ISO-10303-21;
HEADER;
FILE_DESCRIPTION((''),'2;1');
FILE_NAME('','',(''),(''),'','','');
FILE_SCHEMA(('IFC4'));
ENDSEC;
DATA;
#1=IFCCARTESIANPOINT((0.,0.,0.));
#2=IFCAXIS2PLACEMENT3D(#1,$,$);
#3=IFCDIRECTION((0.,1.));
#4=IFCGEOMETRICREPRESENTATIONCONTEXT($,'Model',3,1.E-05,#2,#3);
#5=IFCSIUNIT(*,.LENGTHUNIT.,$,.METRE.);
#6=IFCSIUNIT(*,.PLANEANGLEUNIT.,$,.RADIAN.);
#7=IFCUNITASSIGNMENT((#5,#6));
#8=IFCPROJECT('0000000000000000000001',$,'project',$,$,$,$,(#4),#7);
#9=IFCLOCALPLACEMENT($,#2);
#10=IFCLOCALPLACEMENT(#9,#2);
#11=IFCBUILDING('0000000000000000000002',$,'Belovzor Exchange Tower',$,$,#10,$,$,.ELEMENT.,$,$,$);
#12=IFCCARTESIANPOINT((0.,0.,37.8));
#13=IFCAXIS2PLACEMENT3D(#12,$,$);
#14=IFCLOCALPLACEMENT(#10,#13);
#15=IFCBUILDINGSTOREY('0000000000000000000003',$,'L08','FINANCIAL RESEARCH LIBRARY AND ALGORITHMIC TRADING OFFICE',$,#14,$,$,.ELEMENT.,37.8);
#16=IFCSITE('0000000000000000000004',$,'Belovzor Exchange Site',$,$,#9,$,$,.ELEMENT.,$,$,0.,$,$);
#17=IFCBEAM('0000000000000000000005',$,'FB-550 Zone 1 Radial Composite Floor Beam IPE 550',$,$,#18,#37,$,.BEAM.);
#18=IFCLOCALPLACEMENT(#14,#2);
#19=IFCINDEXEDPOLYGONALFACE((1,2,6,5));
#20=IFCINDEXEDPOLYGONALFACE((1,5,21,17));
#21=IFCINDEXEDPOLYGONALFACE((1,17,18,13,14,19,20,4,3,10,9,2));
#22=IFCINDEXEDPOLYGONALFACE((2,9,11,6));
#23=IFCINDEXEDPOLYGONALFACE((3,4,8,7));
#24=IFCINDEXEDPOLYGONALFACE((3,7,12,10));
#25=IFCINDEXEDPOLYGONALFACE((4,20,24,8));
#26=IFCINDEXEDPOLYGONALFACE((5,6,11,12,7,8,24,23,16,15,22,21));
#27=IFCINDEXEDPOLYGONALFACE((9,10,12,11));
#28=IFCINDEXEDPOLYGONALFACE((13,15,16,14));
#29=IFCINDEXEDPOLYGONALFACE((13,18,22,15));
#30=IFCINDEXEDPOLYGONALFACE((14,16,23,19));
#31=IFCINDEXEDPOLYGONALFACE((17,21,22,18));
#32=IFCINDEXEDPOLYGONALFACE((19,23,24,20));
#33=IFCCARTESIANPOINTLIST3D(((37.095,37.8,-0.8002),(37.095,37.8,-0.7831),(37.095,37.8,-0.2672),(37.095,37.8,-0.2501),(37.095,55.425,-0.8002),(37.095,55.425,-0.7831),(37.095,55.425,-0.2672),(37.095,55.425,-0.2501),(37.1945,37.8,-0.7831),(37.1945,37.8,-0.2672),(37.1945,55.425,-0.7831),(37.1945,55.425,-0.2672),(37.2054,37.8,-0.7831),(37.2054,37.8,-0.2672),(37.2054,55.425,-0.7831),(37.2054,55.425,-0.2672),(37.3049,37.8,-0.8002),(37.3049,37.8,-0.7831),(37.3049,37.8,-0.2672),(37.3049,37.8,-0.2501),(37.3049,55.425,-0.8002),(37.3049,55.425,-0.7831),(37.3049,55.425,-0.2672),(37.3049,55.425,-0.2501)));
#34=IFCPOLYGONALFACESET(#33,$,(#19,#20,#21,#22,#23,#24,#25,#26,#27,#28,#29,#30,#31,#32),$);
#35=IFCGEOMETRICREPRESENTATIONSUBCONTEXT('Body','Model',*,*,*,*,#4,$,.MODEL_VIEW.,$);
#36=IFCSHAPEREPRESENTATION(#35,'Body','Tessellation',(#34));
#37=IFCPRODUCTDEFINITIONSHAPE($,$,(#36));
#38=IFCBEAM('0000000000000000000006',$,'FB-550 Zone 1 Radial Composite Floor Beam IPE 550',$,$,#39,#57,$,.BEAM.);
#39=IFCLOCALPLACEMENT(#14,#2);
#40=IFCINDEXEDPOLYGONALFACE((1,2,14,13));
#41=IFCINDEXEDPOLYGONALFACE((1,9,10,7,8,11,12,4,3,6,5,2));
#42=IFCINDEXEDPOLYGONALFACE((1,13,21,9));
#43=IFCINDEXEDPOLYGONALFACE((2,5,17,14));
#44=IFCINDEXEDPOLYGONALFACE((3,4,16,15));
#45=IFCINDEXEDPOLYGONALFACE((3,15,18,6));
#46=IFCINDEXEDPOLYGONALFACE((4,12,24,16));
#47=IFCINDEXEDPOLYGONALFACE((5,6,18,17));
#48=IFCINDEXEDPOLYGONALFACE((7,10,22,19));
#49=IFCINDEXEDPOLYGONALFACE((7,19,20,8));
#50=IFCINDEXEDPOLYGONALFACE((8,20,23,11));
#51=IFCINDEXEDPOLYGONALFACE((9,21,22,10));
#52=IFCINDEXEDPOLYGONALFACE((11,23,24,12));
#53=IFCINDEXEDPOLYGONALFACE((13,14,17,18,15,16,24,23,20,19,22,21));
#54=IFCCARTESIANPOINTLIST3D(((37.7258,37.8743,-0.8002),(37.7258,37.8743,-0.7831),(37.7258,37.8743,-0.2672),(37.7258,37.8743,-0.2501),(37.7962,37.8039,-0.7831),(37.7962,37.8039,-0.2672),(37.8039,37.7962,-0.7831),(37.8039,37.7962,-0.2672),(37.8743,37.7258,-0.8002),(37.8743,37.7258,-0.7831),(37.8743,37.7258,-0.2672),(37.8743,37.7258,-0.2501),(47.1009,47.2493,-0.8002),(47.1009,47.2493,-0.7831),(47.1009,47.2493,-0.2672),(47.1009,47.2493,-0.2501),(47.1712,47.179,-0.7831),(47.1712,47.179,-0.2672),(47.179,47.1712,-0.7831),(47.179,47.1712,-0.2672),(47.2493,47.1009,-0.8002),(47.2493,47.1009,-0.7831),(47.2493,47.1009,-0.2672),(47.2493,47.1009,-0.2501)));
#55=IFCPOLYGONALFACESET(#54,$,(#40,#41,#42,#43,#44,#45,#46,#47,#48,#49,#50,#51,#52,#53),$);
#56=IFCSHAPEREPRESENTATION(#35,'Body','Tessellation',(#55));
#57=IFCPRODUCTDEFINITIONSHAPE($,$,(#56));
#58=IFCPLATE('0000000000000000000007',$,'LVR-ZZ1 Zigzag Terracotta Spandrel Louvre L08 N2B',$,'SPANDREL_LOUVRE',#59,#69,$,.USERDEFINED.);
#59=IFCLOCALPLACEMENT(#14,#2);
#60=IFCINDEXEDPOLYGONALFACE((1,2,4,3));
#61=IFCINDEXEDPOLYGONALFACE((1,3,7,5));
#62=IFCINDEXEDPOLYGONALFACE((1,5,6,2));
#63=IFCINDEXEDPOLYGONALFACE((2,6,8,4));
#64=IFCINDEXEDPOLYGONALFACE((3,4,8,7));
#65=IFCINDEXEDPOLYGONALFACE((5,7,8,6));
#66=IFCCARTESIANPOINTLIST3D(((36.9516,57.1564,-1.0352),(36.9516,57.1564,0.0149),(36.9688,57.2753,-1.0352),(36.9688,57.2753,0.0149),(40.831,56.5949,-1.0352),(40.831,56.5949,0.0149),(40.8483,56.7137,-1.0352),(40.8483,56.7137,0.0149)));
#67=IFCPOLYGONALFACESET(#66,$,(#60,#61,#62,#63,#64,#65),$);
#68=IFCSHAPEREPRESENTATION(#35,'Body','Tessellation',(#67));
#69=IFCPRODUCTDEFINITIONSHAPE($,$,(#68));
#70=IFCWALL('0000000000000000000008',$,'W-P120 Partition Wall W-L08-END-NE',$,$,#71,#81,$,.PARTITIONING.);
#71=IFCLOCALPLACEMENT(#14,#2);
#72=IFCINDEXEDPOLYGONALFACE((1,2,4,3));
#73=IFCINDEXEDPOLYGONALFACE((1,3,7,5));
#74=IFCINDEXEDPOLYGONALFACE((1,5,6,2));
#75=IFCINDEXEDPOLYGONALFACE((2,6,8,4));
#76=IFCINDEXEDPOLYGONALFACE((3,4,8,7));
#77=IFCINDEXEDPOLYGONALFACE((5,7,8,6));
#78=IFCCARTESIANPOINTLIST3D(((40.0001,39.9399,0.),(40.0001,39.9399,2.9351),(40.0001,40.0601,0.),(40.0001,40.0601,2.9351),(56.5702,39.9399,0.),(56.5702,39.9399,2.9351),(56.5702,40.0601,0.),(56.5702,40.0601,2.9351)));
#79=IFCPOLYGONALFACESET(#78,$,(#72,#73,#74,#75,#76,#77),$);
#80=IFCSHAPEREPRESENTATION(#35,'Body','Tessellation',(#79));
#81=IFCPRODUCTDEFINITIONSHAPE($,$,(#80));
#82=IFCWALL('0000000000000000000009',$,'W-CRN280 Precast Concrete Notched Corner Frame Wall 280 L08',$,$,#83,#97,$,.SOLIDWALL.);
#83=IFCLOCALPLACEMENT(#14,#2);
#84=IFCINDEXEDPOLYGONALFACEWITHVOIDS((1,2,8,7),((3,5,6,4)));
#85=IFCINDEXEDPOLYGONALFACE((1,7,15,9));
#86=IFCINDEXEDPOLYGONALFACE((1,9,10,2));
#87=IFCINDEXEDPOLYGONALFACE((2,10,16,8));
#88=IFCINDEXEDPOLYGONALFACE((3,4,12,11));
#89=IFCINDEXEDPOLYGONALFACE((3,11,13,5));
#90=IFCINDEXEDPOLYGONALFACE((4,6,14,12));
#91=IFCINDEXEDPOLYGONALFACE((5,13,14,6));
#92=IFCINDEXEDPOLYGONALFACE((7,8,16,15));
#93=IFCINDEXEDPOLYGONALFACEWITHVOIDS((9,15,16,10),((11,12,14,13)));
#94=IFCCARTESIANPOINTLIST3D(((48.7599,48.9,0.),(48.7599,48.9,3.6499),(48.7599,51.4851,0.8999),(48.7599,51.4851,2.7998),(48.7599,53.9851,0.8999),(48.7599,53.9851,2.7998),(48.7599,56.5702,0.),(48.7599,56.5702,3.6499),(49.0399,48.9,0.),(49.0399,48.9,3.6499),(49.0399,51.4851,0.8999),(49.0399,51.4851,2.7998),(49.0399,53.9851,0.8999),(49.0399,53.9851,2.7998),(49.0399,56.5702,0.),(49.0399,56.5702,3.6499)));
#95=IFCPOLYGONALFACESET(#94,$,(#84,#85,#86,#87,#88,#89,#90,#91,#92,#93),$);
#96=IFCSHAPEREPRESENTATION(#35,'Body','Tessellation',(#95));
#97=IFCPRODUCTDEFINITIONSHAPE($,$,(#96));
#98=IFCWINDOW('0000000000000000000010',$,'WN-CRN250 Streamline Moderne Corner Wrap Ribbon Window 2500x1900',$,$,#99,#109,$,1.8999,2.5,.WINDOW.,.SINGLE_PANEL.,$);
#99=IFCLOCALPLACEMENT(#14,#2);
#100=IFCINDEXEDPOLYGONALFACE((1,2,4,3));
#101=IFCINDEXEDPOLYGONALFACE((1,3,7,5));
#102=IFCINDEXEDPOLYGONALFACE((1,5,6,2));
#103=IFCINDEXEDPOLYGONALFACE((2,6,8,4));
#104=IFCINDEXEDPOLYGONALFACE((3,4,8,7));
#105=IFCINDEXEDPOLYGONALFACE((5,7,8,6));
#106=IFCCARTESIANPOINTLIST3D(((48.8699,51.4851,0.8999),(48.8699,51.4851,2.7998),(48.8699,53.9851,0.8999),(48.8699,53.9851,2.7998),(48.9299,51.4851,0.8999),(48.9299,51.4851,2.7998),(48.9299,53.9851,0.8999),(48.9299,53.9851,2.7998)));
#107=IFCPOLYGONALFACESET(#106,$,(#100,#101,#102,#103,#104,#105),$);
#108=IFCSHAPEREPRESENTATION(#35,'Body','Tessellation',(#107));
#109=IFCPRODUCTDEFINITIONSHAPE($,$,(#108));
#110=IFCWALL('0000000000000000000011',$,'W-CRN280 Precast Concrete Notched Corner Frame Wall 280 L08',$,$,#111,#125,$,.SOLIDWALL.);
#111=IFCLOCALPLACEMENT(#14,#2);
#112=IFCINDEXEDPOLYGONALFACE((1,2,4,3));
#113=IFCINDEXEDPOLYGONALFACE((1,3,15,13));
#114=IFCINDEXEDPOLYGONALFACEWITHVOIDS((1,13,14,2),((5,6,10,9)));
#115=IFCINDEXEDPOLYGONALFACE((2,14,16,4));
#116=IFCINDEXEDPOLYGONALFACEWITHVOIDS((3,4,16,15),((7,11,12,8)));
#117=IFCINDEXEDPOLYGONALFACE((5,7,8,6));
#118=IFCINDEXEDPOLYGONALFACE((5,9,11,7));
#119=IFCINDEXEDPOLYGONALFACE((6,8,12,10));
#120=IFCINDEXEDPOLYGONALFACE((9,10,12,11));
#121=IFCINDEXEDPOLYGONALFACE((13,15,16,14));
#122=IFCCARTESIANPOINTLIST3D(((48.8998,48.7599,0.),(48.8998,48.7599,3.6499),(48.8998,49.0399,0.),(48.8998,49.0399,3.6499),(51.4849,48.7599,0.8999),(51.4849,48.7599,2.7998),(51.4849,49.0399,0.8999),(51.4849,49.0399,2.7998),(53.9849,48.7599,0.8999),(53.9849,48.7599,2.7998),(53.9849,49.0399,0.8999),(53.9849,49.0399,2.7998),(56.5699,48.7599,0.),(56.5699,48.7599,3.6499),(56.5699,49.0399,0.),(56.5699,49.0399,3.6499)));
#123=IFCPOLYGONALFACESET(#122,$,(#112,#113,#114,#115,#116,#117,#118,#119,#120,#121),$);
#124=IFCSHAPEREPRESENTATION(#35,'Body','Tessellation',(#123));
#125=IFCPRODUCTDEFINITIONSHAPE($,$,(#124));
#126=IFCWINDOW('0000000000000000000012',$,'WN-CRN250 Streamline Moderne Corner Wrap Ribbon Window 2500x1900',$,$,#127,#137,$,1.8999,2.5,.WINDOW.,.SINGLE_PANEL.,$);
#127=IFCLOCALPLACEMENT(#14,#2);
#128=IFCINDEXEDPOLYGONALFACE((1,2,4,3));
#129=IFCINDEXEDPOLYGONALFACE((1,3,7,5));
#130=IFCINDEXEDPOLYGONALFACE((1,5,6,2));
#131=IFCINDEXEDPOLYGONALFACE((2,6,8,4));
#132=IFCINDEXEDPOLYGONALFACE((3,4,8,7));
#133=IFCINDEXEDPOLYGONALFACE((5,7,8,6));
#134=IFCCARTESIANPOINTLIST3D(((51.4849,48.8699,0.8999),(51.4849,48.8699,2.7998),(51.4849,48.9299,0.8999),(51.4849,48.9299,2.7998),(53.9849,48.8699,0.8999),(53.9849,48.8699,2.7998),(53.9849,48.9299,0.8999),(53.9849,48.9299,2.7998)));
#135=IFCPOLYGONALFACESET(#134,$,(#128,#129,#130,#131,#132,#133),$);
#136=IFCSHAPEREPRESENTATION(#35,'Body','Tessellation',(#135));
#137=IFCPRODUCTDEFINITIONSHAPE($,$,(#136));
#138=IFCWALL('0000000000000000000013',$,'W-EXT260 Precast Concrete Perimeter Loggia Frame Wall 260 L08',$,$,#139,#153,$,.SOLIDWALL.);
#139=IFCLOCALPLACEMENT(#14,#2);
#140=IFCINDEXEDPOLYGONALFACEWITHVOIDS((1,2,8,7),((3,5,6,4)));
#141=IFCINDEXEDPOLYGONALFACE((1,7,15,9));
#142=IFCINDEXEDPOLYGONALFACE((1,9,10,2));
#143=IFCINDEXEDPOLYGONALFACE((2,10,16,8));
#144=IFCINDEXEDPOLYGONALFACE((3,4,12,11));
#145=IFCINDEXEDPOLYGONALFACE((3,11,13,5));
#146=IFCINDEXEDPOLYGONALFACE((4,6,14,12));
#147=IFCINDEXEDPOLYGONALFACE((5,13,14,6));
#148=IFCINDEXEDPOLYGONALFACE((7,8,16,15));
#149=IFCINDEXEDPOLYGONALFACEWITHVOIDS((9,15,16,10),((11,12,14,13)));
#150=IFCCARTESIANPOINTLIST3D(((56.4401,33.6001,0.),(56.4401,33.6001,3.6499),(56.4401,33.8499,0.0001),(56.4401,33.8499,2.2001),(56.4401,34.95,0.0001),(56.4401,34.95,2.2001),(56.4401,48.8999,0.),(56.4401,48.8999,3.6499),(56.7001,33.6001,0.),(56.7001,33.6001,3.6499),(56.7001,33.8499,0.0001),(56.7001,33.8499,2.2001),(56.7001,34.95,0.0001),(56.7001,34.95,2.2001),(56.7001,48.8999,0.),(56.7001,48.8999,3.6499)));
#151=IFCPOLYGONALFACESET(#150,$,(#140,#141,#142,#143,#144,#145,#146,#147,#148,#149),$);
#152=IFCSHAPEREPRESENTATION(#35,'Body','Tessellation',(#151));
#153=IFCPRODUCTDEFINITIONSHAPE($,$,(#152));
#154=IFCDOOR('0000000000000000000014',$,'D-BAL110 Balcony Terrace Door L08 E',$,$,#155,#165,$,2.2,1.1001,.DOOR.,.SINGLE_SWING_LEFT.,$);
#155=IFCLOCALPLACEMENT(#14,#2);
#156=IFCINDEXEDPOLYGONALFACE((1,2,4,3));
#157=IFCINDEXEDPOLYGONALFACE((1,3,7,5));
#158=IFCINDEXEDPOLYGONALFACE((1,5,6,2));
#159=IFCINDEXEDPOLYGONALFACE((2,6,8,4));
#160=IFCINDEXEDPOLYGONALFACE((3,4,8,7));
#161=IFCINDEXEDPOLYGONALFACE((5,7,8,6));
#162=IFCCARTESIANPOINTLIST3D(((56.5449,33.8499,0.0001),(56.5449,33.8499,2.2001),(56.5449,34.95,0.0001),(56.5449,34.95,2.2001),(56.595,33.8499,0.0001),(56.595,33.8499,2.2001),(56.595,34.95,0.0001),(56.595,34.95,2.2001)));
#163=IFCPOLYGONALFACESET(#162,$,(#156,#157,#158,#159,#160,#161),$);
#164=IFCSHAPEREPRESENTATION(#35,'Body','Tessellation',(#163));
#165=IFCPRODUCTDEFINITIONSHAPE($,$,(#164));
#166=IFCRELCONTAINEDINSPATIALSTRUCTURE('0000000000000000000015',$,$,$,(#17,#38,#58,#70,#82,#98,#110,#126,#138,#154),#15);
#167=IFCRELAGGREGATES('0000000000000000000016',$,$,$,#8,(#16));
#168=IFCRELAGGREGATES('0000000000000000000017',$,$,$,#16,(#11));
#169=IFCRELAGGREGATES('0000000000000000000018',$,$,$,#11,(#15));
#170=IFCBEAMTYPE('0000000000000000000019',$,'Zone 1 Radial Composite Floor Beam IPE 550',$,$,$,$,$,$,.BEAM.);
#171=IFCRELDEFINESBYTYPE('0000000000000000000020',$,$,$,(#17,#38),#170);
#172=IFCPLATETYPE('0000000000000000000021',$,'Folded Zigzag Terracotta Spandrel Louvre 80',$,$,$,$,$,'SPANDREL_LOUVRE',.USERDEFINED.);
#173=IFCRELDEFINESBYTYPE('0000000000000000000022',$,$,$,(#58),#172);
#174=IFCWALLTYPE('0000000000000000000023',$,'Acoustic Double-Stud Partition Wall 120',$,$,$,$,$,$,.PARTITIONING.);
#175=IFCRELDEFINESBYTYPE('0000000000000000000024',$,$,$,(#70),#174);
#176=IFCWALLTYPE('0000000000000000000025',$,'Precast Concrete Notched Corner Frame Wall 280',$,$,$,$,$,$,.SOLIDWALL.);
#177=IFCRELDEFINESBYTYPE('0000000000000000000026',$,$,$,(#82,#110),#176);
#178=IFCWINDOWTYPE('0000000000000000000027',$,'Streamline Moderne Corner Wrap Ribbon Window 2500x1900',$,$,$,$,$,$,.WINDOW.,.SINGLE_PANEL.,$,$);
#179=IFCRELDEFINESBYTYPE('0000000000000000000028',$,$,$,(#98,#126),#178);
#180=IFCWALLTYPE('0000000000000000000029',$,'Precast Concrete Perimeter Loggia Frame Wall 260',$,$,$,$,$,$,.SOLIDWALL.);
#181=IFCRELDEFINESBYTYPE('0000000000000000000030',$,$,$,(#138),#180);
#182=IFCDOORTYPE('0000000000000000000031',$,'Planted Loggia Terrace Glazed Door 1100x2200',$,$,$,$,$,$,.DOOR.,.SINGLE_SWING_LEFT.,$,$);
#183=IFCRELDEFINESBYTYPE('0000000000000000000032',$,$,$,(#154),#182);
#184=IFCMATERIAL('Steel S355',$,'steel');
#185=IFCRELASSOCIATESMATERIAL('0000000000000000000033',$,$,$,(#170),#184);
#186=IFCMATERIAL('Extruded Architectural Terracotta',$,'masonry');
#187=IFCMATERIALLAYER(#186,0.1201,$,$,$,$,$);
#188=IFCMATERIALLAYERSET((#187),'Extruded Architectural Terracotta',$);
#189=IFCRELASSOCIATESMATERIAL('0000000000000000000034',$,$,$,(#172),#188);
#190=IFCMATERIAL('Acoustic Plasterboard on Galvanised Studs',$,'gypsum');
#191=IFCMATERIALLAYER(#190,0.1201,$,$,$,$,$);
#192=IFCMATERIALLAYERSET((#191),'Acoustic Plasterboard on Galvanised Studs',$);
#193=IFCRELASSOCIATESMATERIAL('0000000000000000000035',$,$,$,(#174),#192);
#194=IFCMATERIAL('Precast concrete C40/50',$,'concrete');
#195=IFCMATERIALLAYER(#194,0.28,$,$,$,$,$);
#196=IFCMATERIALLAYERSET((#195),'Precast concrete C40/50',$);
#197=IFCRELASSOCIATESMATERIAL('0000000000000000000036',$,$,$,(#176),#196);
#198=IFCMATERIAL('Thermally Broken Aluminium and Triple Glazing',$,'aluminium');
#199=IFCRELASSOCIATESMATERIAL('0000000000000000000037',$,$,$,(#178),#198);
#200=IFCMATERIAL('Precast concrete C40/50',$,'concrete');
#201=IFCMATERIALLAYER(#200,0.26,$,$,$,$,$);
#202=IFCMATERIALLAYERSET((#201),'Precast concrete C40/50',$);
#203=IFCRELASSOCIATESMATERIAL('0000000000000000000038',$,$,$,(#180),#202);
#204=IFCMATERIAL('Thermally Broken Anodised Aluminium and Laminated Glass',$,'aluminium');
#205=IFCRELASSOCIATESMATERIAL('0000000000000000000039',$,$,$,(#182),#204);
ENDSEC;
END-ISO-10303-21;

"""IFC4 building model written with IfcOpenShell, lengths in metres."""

from ifc_helpers import new_model, si_unit, direction, frame, frame_2d, origin, origin_2d, place, context, subcontext, project, spatial, rectangle, i_section, extrude, material, layer, layer_set, material_profile, profile_set, type_object, element, fill, save


model = new_model("IFC4")

# Units and contexts
model_context = context("Model", 3, precision=1e-05, world=origin(), true_north=direction((0.0, 1.0)))
body_context = subcontext(model_context, "Body", "Model", "MODEL_VIEW")
ifc_project = project(units=[si_unit("LENGTHUNIT", "METRE"), si_unit("PLANEANGLEUNIT", "RADIAN")], contexts=[model_context])

# Site, building, storey
site_placement = place(None, origin())
site = spatial("IfcSite", under=ifc_project, at=site_placement, Name="Belovzor Exchange Site", CompositionType="ELEMENT", RefElevation=0.0)
building_placement = place(site_placement, origin())
building = spatial("IfcBuilding", under=site, at=building_placement, Name="Belovzor Exchange Tower", CompositionType="ELEMENT")
storey_placement = place(building_placement, frame((0.0, 0.0, 37.8)))
storey = spatial("IfcBuildingStorey", under=building, at=storey_placement, Name="L08", Description="FINANCIAL RESEARCH LIBRARY AND ALGORITHMIC TRADING OFFICE", CompositionType="ELEMENT", Elevation=37.8)

# Beams
ifc_material_1 = material(Name="Steel S355", Category="steel")
ifc_material_profile_1 = material_profile(ifc_material_1, i_section(OverallWidth=0.21, OverallDepth=0.55, WebThickness=0.011, FlangeThickness=0.0171, at=origin_2d()))
ifc_profile_set_1 = profile_set([ifc_material_profile_1], Name="Steel S355")
beam_type_1 = type_object("IfcBeamType", Name="Zone 1 Radial Composite Floor Beam IPE 550", PredefinedType="BEAM", material=ifc_profile_set_1)
beam_1_placement = place(storey_placement, frame((37.2, 37.8, -0.5251), z_axis=(0.0, 1.0, 0.0), x_axis=(-1.0, 0.0, 0.0)))
element("IfcBeam", 1, at=beam_1_placement, inside=storey, type_object=beam_type_1, Name="FB-550 Zone 1 Radial Composite Floor Beam IPE 550", PredefinedType="BEAM", context=body_context, shape_type="SweptSolid", body=[
    extrude(i_section(OverallWidth=0.21, OverallDepth=0.55, WebThickness=0.011, FlangeThickness=0.0171, at=origin_2d()), origin(), (0.0, 0.0, 1.0), 17.625),
])
beam_2_placement = place(storey_placement, frame((37.8, 37.8, -0.5251), z_axis=(0.707107, 0.707107, 0.0), x_axis=(-0.707107, 0.707107, 0.0)))
element("IfcBeam", 2, at=beam_2_placement, inside=storey, type_object=beam_type_1, Name="FB-550 Zone 1 Radial Composite Floor Beam IPE 550", PredefinedType="BEAM", context=body_context, shape_type="SweptSolid", body=[
    extrude(i_section(OverallWidth=0.21, OverallDepth=0.55, WebThickness=0.011, FlangeThickness=0.0171, at=origin_2d()), origin(), (0.0, 0.0, 1.0), 13.2583),
])

# Plate
ifc_material_2 = material(Name="Extruded Architectural Terracotta", Category="masonry")
ifc_layer_1 = layer(ifc_material_2, 0.1201)
ifc_layer_set_1 = layer_set([ifc_layer_1], Name="Extruded Architectural Terracotta")
plate_type = type_object("IfcPlateType", Name="Folded Zigzag Terracotta Spandrel Louvre 80", ElementType="SPANDREL_LOUVRE", PredefinedType="USERDEFINED", material=ifc_layer_set_1)
plate_placement = place(storey_placement, frame((38.8999, 56.9351, -1.0352), z_axis=(0.0, 0.0, 1.0), x_axis=(0.989686, -0.143251, 0.0)))
element("IfcPlate", 3, at=plate_placement, inside=storey, type_object=plate_type, Name="LVR-ZZ1 Zigzag Terracotta Spandrel Louvre L08 N2B", ObjectType="SPANDREL_LOUVRE", PredefinedType="USERDEFINED", context=body_context, shape_type="SweptSolid", body=[
    extrude(rectangle(XDim=3.9199, YDim=0.1201, at=origin_2d()), origin(), (0.0, 0.0, 1.0), 1.05),
])

# Wall
ifc_material_3 = material(Name="Acoustic Plasterboard on Galvanised Studs", Category="gypsum")
ifc_layer_2 = layer(ifc_material_3, 0.1201)
ifc_layer_set_2 = layer_set([ifc_layer_2], Name="Acoustic Plasterboard on Galvanised Studs")
wall_type_1 = type_object("IfcWallType", Name="Acoustic Double-Stud Partition Wall 120", PredefinedType="PARTITIONING", material=ifc_layer_set_2)
wall_1_placement = place(storey_placement, frame((40.0, 40.0, 0.0), z_axis=(0.0, 0.0, 1.0), x_axis=(1.0, 0.0, 0.0)))
element("IfcWall", 4, at=wall_1_placement, inside=storey, type_object=wall_type_1, Name="W-P120 Partition Wall W-L08-END-NE", PredefinedType="PARTITIONING", context=body_context, shape_type="SweptSolid", body=[
    extrude(rectangle(XDim=16.5701, YDim=0.1201, at=frame_2d((8.2852, 0.0))), origin(), (0.0, 0.0, 1.0), 2.9351),
])

# Walls, openings, windows
ifc_material_4 = material(Name="Precast concrete C40/50", Category="concrete")
ifc_layer_3 = layer(ifc_material_4, 0.28)
ifc_layer_set_3 = layer_set([ifc_layer_3], Name="Precast concrete C40/50")
wall_type_2 = type_object("IfcWallType", Name="Precast Concrete Notched Corner Frame Wall 280", PredefinedType="SOLIDWALL", material=ifc_layer_set_3)
wall_2_placement = place(storey_placement, frame((48.8999, 56.5701, 0.0), z_axis=(0.0, 0.0, 1.0), x_axis=(0.0, -1.0, 0.0)))
wall_2 = element("IfcWall", 5, at=wall_2_placement, inside=storey, type_object=wall_type_2, Name="W-CRN280 Precast Concrete Notched Corner Frame Wall 280 L08", PredefinedType="SOLIDWALL", context=body_context, shape_type="SweptSolid", body=[
    extrude(rectangle(XDim=7.6702, YDim=0.28, at=frame_2d((3.835, 0.0))), origin(), (0.0, 0.0, 1.0), 3.6499),
])
opening_1_placement = place(wall_2_placement, frame((2.585, 0.0, 0.8999)))
opening_1 = element("IfcOpeningElement", 6, at=opening_1_placement, cuts=wall_2, PredefinedType="OPENING", context=body_context, shape_type="SweptSolid", body=[
    extrude(rectangle(XDim=2.5, YDim=1.8999, at=frame_2d((1.25, 0.95))), frame((0.0, 0.1499, 0.0), z_axis=(0.0, -1.0, 0.0), x_axis=(1.0, 0.0, 0.0)), (0.0, 0.0, 1.0), 0.3),
])
ifc_material_5 = material(Name="Thermally Broken Aluminium and Triple Glazing", Category="aluminium")
window_type = type_object("IfcWindowType", Name="Streamline Moderne Corner Wrap Ribbon Window 2500x1900", PartitioningType="SINGLE_PANEL", PredefinedType="WINDOW", material=ifc_material_5)
window_1_placement = place(opening_1_placement, origin())
window_1 = element("IfcWindow", 7, at=window_1_placement, inside=storey, type_object=window_type, Name="WN-CRN250 Streamline Moderne Corner Wrap Ribbon Window 2500x1900", OverallHeight=1.8999, OverallWidth=2.5, PartitioningType="SINGLE_PANEL", PredefinedType="WINDOW", context=body_context, shape_type="SweptSolid", body=[
    extrude(rectangle(XDim=2.5, YDim=1.8999, at=frame_2d((1.25, 0.95))), frame((0.0, 0.03, 0.0), z_axis=(0.0, -1.0, 0.0), x_axis=(1.0, 0.0, 0.0)), (0.0, 0.0, 1.0), 0.0601),
])
fill(opening_1, window_1)
wall_3_placement = place(storey_placement, frame((48.8999, 48.8999, 0.0), z_axis=(0.0, 0.0, 1.0), x_axis=(1.0, 0.0, 0.0)))
wall_3 = element("IfcWall", 8, at=wall_3_placement, inside=storey, type_object=wall_type_2, Name="W-CRN280 Precast Concrete Notched Corner Frame Wall 280 L08", PredefinedType="SOLIDWALL", context=body_context, shape_type="SweptSolid", body=[
    extrude(rectangle(XDim=7.6702, YDim=0.28, at=frame_2d((3.835, 0.0))), origin(), (0.0, 0.0, 1.0), 3.6499),
])
opening_2_placement = place(wall_3_placement, frame((2.585, 0.0, 0.8999)))
opening_2 = element("IfcOpeningElement", 9, at=opening_2_placement, cuts=wall_3, PredefinedType="OPENING", context=body_context, shape_type="SweptSolid", body=[
    extrude(rectangle(XDim=2.5, YDim=1.8999, at=frame_2d((1.25, 0.95))), frame((0.0, 0.1499, 0.0), z_axis=(0.0, -1.0, 0.0), x_axis=(1.0, 0.0, 0.0)), (0.0, 0.0, 1.0), 0.3),
])
window_2_placement = place(opening_2_placement, origin())
window_2 = element("IfcWindow", 10, at=window_2_placement, inside=storey, type_object=window_type, Name="WN-CRN250 Streamline Moderne Corner Wrap Ribbon Window 2500x1900", OverallHeight=1.8999, OverallWidth=2.5, PartitioningType="SINGLE_PANEL", PredefinedType="WINDOW", context=body_context, shape_type="SweptSolid", body=[
    extrude(rectangle(XDim=2.5, YDim=1.8999, at=frame_2d((1.25, 0.95))), frame((0.0, 0.03, 0.0), z_axis=(0.0, -1.0, 0.0), x_axis=(1.0, 0.0, 0.0)), (0.0, 0.0, 1.0), 0.0601),
])
fill(opening_2, window_2)

# Wall, opening, door
ifc_material_6 = material(Name="Precast concrete C40/50", Category="concrete")
ifc_layer_4 = layer(ifc_material_6, 0.26)
ifc_layer_set_4 = layer_set([ifc_layer_4], Name="Precast concrete C40/50")
wall_type_3 = type_object("IfcWallType", Name="Precast Concrete Perimeter Loggia Frame Wall 260", PredefinedType="SOLIDWALL", material=ifc_layer_set_4)
wall_4_placement = place(storey_placement, frame((56.5701, 48.8999, 0.0), z_axis=(0.0, 0.0, 1.0), x_axis=(0.0, -1.0, 0.0)))
wall_4 = element("IfcWall", 11, at=wall_4_placement, inside=storey, type_object=wall_type_3, Name="W-EXT260 Precast Concrete Perimeter Loggia Frame Wall 260 L08", PredefinedType="SOLIDWALL", context=body_context, shape_type="SweptSolid", body=[
    extrude(rectangle(XDim=15.2998, YDim=0.26, at=frame_2d((7.6499, 0.0))), origin(), (0.0, 0.0, 1.0), 3.6499),
])
opening_3_placement = place(wall_4_placement, frame((13.95, 0.0, 0.0)))
opening_3 = element("IfcOpeningElement", 12, at=opening_3_placement, cuts=wall_4, PredefinedType="OPENING", context=body_context, shape_type="SweptSolid", body=[
    extrude(rectangle(XDim=1.1001, YDim=2.2, at=frame_2d((0.55, 1.1001))), frame((0.0, 0.1399, 0.0), z_axis=(0.0, -1.0, 0.0), x_axis=(1.0, 0.0, 0.0)), (0.0, 0.0, 1.0), 0.28),
])
ifc_material_7 = material(Name="Thermally Broken Anodised Aluminium and Laminated Glass", Category="aluminium")
door_type = type_object("IfcDoorType", Name="Planted Loggia Terrace Glazed Door 1100x2200", OperationType="SINGLE_SWING_LEFT", PredefinedType="DOOR", material=ifc_material_7)
door_placement = place(opening_3_placement, origin())
door = element("IfcDoor", 13, at=door_placement, inside=storey, type_object=door_type, Name="D-BAL110 Balcony Terrace Door L08 E", OperationType="SINGLE_SWING_LEFT", OverallHeight=2.2, OverallWidth=1.1001, PredefinedType="DOOR", context=body_context, shape_type="SweptSolid", body=[
    extrude(rectangle(XDim=1.1001, YDim=2.2, at=frame_2d((0.55, 1.1001))), frame((0.0, 0.0249, 0.0), z_axis=(0.0, -1.0, 0.0), x_axis=(1.0, 0.0, 0.0)), (0.0, 0.0, 1.0), 0.05),
])
fill(opening_3, door)

save(model, "model.ifc")
